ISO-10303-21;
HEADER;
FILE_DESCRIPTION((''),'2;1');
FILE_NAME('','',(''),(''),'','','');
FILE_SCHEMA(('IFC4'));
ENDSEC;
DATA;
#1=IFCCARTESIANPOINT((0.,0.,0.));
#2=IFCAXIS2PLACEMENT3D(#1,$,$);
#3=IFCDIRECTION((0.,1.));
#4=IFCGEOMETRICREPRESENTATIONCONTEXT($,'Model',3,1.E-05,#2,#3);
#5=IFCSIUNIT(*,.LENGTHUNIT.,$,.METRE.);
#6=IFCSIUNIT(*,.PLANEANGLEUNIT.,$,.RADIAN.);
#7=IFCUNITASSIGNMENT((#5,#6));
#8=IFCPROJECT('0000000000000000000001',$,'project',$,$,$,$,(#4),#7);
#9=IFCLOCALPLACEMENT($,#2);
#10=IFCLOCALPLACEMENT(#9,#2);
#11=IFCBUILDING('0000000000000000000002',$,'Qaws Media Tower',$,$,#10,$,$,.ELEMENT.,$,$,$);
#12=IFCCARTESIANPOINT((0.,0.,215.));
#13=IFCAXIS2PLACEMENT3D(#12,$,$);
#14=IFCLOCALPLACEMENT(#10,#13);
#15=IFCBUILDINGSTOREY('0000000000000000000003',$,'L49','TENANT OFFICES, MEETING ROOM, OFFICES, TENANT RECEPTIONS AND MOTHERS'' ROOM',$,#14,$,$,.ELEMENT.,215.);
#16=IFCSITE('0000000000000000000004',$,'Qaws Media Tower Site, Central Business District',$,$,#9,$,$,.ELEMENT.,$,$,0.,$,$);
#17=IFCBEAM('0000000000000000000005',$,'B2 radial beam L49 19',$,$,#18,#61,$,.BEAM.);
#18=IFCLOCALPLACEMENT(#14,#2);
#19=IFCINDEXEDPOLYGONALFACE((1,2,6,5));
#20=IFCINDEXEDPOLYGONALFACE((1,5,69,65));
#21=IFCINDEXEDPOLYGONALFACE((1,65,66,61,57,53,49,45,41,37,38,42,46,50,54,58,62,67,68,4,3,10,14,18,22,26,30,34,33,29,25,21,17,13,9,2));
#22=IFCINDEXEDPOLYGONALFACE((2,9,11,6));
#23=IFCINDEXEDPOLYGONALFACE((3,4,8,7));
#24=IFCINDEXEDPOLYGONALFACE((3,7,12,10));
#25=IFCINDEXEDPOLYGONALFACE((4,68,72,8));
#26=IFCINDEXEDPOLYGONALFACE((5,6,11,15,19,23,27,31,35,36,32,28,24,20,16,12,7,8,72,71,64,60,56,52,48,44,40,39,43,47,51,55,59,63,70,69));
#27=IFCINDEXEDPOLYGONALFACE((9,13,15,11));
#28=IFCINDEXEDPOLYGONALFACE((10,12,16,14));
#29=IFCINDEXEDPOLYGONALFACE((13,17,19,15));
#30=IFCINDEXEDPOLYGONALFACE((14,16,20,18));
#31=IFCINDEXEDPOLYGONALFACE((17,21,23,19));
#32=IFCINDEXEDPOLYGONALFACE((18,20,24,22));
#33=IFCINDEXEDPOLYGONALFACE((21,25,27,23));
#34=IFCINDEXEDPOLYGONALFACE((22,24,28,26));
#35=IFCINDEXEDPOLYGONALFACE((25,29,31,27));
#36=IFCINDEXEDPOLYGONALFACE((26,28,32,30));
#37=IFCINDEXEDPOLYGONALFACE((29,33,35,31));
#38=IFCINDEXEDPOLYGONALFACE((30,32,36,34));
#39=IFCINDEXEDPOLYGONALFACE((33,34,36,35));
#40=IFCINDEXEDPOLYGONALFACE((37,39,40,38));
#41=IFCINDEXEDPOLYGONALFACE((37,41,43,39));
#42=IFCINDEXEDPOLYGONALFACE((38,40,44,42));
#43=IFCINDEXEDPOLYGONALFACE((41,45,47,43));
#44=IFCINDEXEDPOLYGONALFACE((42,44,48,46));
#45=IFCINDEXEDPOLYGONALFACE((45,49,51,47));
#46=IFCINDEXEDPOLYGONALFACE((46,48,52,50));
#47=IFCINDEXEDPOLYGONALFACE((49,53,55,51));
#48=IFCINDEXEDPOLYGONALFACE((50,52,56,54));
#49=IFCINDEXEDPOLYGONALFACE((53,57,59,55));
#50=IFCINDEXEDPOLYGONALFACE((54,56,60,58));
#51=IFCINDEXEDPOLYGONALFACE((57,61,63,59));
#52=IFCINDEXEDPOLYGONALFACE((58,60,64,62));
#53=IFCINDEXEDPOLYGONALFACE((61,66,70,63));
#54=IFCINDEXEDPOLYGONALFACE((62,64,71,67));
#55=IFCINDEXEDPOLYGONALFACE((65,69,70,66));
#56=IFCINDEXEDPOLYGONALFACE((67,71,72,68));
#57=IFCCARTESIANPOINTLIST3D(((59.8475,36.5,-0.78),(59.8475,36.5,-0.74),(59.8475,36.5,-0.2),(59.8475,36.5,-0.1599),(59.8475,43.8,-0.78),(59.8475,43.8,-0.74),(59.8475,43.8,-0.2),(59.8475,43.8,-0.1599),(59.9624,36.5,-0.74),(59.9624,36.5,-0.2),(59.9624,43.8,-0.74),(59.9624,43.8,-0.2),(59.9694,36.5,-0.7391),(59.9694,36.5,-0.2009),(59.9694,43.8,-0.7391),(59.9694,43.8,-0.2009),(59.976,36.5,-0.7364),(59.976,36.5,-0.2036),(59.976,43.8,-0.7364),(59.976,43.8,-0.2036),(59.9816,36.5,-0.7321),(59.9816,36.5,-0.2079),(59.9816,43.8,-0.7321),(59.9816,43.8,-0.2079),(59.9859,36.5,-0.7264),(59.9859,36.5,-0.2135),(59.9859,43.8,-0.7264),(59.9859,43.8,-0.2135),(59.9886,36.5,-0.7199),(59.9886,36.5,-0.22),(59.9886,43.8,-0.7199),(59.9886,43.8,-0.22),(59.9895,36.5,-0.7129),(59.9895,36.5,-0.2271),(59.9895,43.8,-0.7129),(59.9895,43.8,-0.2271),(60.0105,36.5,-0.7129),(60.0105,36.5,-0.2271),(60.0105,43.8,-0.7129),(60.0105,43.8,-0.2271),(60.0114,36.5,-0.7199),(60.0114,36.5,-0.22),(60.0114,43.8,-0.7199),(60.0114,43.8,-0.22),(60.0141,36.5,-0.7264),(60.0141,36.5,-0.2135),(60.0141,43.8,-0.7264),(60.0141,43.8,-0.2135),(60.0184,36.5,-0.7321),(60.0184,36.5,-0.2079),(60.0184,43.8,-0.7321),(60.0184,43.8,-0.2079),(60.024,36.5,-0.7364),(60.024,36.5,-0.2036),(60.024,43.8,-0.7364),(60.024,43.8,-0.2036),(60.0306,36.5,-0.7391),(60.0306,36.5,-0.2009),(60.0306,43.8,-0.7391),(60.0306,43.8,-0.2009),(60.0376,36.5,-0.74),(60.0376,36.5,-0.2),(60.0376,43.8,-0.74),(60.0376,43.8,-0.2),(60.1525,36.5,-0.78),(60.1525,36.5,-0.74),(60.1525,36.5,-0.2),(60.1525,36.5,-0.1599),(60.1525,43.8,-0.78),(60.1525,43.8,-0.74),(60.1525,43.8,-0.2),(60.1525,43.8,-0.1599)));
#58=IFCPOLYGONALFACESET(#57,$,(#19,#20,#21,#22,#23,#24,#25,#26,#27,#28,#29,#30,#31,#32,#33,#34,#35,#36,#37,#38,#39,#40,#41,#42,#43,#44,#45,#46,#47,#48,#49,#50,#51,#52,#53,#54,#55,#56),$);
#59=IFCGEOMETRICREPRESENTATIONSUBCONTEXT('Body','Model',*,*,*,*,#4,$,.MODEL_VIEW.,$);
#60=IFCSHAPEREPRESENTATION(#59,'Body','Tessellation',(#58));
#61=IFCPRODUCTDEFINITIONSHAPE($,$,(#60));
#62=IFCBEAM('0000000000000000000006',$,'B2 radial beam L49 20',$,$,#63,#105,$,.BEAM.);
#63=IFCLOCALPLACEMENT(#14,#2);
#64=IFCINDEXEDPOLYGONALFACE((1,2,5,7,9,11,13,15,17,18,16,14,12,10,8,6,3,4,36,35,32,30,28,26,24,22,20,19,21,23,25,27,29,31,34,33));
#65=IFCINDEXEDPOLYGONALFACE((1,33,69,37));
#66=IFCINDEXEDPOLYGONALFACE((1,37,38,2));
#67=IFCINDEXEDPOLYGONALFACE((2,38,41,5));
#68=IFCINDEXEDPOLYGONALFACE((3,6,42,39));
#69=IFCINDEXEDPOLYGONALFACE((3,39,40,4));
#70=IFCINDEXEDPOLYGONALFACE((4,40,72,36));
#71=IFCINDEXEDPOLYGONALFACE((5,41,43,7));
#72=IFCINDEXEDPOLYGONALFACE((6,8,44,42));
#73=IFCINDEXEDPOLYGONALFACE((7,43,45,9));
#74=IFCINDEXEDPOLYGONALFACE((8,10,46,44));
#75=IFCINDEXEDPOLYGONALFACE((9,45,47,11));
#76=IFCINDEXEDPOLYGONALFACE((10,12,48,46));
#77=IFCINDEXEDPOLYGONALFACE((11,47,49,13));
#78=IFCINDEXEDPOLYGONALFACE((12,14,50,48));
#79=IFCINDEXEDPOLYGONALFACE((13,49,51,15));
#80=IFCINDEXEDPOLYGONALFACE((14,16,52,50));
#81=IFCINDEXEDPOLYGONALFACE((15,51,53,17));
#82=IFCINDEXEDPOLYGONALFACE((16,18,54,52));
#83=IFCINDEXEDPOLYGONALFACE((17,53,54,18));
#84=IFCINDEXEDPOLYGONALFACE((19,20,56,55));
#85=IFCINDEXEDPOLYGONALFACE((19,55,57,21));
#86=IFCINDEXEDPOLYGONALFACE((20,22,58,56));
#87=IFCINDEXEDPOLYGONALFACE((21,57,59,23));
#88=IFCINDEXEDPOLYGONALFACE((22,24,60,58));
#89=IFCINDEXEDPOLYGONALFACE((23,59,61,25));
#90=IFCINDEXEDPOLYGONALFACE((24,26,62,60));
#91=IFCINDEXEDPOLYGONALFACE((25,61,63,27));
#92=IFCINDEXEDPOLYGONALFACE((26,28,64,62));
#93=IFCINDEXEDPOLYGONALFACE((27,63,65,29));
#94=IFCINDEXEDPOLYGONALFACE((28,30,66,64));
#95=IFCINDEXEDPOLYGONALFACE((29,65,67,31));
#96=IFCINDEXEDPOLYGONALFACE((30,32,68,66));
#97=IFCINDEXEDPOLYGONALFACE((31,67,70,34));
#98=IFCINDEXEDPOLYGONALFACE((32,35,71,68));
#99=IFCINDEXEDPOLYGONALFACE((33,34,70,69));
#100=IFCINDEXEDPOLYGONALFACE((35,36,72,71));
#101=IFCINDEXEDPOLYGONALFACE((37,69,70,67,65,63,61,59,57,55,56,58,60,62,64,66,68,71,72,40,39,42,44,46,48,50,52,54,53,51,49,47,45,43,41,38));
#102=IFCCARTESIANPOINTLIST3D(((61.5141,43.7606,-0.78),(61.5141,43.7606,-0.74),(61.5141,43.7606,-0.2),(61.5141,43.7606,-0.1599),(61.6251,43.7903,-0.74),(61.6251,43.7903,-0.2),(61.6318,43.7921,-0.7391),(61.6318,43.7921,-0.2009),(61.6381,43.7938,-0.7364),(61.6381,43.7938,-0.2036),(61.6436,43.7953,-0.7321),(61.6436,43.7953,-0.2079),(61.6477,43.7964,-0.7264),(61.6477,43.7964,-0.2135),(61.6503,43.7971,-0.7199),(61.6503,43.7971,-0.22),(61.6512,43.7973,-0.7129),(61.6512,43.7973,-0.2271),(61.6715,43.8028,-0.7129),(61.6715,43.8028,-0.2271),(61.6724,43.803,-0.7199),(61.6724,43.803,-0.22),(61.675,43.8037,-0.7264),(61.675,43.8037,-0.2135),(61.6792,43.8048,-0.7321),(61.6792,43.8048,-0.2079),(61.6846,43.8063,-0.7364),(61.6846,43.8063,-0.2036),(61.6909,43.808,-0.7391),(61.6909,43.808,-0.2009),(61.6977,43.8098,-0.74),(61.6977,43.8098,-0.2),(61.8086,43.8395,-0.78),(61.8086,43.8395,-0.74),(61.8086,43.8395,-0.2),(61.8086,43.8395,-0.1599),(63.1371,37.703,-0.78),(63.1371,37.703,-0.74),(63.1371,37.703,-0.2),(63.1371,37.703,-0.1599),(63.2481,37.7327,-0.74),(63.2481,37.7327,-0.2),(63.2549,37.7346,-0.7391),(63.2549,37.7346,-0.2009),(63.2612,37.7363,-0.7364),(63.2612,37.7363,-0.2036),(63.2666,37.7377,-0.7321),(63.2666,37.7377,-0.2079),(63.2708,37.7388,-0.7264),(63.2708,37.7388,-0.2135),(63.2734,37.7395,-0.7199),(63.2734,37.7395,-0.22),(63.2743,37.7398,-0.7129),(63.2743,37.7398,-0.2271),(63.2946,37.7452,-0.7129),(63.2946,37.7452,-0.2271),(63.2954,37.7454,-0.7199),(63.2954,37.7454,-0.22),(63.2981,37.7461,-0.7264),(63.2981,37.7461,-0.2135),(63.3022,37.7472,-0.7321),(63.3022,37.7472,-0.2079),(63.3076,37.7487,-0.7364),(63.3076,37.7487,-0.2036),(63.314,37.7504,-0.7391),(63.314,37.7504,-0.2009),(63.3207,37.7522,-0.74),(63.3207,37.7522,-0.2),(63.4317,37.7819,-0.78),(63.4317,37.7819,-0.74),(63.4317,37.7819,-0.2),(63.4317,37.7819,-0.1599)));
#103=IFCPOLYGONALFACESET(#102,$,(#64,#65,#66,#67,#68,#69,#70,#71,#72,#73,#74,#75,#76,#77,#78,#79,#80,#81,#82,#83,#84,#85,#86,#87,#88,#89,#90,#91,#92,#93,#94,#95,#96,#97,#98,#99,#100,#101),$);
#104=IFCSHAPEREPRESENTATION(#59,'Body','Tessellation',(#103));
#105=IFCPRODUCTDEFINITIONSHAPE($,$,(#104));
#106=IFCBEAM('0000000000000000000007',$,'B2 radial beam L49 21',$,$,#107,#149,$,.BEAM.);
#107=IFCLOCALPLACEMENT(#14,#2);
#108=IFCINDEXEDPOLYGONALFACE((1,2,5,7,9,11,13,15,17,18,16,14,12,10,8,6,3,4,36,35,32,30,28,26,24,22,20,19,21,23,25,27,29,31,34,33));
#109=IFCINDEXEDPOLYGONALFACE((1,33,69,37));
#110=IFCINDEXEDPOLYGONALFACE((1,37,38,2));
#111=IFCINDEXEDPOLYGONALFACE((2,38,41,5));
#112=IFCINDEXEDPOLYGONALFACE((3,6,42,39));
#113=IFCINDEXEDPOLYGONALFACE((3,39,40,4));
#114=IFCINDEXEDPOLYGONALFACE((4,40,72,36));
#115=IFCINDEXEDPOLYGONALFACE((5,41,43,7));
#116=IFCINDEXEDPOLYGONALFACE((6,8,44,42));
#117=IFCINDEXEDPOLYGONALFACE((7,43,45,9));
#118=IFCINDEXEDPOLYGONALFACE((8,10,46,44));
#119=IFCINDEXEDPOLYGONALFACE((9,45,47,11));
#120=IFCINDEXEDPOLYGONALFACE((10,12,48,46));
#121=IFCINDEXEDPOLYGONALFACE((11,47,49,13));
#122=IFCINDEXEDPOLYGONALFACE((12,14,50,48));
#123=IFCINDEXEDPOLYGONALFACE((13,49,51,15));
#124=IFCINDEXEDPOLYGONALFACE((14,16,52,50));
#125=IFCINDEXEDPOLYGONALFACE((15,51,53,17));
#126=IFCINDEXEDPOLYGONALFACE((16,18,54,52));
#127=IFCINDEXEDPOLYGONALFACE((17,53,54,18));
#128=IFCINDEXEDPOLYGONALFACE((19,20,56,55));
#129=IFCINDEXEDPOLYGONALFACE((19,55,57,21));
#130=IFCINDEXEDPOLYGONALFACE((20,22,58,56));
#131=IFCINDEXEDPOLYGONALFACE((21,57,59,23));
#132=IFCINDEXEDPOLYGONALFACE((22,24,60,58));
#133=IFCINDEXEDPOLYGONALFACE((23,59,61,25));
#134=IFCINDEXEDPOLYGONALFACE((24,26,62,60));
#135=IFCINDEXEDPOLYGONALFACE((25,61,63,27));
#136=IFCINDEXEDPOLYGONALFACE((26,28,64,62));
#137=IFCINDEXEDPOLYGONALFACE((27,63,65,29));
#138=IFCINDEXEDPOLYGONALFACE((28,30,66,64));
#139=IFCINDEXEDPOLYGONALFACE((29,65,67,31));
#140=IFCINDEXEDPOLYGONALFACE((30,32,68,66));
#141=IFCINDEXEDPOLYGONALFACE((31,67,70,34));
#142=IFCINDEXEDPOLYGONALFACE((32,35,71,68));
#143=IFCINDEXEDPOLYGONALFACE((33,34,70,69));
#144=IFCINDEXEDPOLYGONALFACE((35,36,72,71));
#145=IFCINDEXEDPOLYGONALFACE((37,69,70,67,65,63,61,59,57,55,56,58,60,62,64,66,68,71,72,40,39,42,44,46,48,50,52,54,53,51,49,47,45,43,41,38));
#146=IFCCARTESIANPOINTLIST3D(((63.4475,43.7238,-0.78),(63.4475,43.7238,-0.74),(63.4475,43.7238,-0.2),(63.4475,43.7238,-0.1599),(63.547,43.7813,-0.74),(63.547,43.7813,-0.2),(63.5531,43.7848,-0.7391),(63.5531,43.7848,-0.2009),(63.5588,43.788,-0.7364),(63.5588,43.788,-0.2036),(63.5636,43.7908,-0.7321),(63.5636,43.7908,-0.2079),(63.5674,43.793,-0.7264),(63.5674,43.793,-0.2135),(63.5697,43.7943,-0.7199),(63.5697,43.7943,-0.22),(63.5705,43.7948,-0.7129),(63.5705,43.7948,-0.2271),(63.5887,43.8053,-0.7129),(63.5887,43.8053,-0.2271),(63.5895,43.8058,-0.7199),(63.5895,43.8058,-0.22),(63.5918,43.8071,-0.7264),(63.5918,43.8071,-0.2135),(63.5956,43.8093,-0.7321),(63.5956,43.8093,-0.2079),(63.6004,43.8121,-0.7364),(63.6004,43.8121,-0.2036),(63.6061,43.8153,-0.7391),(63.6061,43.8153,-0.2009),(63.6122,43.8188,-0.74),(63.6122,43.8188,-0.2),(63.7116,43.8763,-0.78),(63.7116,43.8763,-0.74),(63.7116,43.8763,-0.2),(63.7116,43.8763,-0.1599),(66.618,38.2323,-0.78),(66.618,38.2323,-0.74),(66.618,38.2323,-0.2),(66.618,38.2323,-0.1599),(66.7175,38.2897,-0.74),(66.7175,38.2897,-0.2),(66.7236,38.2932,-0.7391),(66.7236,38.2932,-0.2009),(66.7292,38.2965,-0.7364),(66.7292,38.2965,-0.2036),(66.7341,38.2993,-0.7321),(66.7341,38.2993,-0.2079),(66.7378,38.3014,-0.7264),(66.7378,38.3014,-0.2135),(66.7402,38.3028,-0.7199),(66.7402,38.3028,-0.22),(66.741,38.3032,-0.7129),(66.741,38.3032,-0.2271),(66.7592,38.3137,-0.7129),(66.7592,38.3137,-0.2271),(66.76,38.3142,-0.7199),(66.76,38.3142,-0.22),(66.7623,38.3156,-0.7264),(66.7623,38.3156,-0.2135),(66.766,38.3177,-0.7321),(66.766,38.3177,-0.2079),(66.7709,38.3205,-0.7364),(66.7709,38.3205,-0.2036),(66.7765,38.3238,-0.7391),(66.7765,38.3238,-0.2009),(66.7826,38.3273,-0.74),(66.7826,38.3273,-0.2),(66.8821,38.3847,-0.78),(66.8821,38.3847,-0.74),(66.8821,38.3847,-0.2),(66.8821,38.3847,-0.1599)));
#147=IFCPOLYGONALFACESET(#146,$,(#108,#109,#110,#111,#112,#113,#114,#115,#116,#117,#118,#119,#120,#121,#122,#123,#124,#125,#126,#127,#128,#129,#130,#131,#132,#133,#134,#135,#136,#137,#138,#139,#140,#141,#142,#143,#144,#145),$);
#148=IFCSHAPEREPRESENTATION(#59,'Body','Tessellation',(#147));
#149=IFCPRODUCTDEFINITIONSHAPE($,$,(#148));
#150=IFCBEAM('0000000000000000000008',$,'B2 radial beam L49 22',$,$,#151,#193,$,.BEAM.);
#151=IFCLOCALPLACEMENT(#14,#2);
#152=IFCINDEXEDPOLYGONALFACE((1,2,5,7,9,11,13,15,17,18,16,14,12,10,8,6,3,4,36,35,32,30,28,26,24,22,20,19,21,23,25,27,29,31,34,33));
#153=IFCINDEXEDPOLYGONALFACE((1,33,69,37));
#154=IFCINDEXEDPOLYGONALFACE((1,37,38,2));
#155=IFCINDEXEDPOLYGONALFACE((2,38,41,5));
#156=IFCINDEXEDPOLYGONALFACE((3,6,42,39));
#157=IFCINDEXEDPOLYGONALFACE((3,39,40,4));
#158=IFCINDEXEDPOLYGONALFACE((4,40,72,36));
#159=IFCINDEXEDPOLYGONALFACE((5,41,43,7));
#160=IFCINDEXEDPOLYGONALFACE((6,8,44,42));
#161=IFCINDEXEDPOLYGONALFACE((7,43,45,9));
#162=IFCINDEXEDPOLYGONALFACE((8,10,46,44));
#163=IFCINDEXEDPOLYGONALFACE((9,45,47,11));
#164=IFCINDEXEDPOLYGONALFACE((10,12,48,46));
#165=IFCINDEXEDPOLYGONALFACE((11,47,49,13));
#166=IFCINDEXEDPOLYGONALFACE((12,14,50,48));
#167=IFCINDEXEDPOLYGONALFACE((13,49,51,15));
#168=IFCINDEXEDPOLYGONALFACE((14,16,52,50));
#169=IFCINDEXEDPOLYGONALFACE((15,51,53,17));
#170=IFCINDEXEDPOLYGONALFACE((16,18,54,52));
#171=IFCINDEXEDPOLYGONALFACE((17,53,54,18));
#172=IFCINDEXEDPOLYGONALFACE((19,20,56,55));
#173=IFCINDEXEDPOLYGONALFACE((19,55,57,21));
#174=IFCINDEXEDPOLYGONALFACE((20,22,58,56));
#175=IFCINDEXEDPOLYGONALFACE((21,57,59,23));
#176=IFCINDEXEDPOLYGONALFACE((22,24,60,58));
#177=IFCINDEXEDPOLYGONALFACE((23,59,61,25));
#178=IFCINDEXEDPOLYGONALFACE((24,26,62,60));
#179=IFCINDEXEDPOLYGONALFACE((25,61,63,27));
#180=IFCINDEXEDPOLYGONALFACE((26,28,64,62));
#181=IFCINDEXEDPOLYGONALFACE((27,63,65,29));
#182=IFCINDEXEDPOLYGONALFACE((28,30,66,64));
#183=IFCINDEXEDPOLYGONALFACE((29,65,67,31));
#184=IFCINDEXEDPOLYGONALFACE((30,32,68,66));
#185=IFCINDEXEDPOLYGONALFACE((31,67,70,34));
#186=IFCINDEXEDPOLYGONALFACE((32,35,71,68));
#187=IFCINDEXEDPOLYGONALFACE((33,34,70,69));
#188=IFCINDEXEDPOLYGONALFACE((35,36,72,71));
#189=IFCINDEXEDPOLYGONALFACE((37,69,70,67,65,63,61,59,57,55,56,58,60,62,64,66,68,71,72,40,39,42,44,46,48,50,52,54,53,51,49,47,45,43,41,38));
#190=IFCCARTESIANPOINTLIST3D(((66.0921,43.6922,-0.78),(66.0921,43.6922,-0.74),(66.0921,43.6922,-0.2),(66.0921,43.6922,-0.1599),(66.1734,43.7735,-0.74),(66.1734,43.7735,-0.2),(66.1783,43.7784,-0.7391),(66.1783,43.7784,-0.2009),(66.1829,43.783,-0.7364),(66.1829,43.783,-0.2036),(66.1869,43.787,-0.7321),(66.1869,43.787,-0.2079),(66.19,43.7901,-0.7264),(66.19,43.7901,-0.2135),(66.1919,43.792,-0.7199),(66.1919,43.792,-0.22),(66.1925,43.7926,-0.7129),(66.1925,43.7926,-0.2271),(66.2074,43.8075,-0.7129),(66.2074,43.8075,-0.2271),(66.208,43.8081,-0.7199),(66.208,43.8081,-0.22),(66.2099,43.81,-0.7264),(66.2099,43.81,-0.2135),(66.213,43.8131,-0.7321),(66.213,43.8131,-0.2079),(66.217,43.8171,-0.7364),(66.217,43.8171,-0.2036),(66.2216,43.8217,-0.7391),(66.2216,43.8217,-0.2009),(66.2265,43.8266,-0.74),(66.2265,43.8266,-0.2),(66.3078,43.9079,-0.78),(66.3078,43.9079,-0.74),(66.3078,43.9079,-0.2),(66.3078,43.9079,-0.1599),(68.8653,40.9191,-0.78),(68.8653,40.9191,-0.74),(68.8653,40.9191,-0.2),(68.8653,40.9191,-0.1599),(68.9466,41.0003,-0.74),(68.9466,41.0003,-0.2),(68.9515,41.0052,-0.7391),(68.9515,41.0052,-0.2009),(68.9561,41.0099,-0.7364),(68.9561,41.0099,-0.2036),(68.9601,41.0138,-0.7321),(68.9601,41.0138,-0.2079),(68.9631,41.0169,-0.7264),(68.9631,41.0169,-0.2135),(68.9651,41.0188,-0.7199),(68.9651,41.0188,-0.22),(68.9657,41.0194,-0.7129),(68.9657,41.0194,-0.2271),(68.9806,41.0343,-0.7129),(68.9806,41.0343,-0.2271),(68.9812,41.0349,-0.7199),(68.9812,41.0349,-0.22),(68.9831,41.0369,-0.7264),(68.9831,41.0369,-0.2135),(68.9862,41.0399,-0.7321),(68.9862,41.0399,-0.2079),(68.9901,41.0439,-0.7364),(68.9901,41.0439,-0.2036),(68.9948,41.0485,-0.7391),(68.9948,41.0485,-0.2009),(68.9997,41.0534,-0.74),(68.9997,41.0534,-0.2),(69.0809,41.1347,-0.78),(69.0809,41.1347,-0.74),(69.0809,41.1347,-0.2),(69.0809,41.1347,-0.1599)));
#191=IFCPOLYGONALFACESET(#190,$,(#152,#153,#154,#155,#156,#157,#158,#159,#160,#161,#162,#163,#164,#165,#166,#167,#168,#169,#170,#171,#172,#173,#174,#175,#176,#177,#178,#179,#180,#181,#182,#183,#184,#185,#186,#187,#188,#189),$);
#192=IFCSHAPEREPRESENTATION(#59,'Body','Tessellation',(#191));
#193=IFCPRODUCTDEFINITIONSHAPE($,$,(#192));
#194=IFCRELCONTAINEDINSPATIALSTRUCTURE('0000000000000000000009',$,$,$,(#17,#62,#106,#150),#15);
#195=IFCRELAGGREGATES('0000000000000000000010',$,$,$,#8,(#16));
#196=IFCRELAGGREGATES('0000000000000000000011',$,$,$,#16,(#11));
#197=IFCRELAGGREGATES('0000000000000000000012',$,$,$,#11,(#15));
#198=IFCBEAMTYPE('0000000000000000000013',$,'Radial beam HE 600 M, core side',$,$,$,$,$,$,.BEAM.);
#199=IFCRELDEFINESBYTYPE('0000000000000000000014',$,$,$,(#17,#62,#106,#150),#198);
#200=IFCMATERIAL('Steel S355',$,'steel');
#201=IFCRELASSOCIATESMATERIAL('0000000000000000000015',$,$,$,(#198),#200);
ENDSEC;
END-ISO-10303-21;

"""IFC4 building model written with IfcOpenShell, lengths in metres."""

from ifc_helpers import new_model, si_unit, direction, frame, origin, origin_2d, place, context, subcontext, project, spatial, i_section, extrude, material, material_profile, profile_set, type_object, element, save


model = new_model("IFC4")

# Units and contexts
model_context = context("Model", 3, precision=1e-05, world=origin(), true_north=direction((0.0, 1.0)))
body_context = subcontext(model_context, "Body", "Model", "MODEL_VIEW")
ifc_project = project(units=[si_unit("LENGTHUNIT", "METRE"), si_unit("PLANEANGLEUNIT", "RADIAN")], contexts=[model_context])

# Site, building, storey
site_placement = place(None, origin())
site = spatial("IfcSite", under=ifc_project, at=site_placement, Name="Qaws Media Tower Site, Central Business District", CompositionType="ELEMENT", RefElevation=0.0)
building_placement = place(site_placement, origin())
building = spatial("IfcBuilding", under=site, at=building_placement, Name="Qaws Media Tower", CompositionType="ELEMENT")
storey_placement = place(building_placement, frame((0.0, 0.0, 215.0)))
storey = spatial("IfcBuildingStorey", under=building, at=storey_placement, Name="L49", Description="TENANT OFFICES, MEETING ROOM, OFFICES, TENANT RECEPTIONS AND MOTHERS' ROOM", CompositionType="ELEMENT", Elevation=215.0)

# Beams
ifc_material_1 = material(Name="Steel S355", Category="steel")
ifc_material_profile_1 = material_profile(ifc_material_1, i_section(OverallWidth=0.3049, OverallDepth=0.6201, WebThickness=0.021, FlangeThickness=0.04, FilletRadius=0.0271, at=origin_2d()), Name="HE 600 M")
ifc_profile_set_1 = profile_set([ifc_material_profile_1], Name="Steel S355")
beam_type_1 = type_object("IfcBeamType", Name="Radial beam HE 600 M, core side", PredefinedType="BEAM", material=ifc_profile_set_1)
beam_1_placement = place(storey_placement, frame((60.0, 43.8, -0.47), z_axis=(0.0, -1.0, 0.0), x_axis=(1.0, 0.0, 0.0)))
element("IfcBeam", 1, at=beam_1_placement, inside=storey, type_object=beam_type_1, Name="B2 radial beam L49 19", PredefinedType="BEAM", context=body_context, shape_type="SweptSolid", body=[
    extrude(i_section(OverallWidth=0.3049, OverallDepth=0.6201, WebThickness=0.021, FlangeThickness=0.04, FilletRadius=0.0271, at=origin_2d()), origin(), (0.0, 0.0, 1.0), 7.3),
])
beam_2_placement = place(storey_placement, frame((61.6614, 43.8, -0.47), z_axis=(0.258806, -0.965929, 0.0), x_axis=(0.965929, 0.258806, 0.0)))
element("IfcBeam", 2, at=beam_2_placement, inside=storey, type_object=beam_type_1, Name="B2 radial beam L49 20", PredefinedType="BEAM", context=body_context, shape_type="SweptSolid", body=[
    extrude(i_section(OverallWidth=0.3049, OverallDepth=0.6201, WebThickness=0.021, FlangeThickness=0.04, FilletRadius=0.0271, at=origin_2d()), origin(), (0.0, 0.0, 1.0), 6.2712),
])
beam_3_placement = place(storey_placement, frame((63.5796, 43.8, -0.47), z_axis=(0.49999, -0.866031, 0.0), x_axis=(0.866031, 0.49999, 0.0)))
element("IfcBeam", 3, at=beam_3_placement, inside=storey, type_object=beam_type_1, Name="B2 radial beam L49 21", PredefinedType="BEAM", context=body_context, shape_type="SweptSolid", body=[
    extrude(i_section(OverallWidth=0.3049, OverallDepth=0.6201, WebThickness=0.021, FlangeThickness=0.04, FilletRadius=0.0271, at=origin_2d()), origin(), (0.0, 0.0, 1.0), 6.3411),
])
beam_4_placement = place(storey_placement, frame((66.2, 43.8, -0.47), z_axis=(0.707107, -0.707107, 0.0), x_axis=(0.707107, 0.707107, 0.0)))
element("IfcBeam", 4, at=beam_4_placement, inside=storey, type_object=beam_type_1, Name="B2 radial beam L49 22", PredefinedType="BEAM", context=body_context, shape_type="SweptSolid", body=[
    extrude(i_section(OverallWidth=0.3049, OverallDepth=0.6201, WebThickness=0.021, FlangeThickness=0.04, FilletRadius=0.0271, at=origin_2d()), origin(), (0.0, 0.0, 1.0), 3.9219),
])

save(model, "model.ifc")
